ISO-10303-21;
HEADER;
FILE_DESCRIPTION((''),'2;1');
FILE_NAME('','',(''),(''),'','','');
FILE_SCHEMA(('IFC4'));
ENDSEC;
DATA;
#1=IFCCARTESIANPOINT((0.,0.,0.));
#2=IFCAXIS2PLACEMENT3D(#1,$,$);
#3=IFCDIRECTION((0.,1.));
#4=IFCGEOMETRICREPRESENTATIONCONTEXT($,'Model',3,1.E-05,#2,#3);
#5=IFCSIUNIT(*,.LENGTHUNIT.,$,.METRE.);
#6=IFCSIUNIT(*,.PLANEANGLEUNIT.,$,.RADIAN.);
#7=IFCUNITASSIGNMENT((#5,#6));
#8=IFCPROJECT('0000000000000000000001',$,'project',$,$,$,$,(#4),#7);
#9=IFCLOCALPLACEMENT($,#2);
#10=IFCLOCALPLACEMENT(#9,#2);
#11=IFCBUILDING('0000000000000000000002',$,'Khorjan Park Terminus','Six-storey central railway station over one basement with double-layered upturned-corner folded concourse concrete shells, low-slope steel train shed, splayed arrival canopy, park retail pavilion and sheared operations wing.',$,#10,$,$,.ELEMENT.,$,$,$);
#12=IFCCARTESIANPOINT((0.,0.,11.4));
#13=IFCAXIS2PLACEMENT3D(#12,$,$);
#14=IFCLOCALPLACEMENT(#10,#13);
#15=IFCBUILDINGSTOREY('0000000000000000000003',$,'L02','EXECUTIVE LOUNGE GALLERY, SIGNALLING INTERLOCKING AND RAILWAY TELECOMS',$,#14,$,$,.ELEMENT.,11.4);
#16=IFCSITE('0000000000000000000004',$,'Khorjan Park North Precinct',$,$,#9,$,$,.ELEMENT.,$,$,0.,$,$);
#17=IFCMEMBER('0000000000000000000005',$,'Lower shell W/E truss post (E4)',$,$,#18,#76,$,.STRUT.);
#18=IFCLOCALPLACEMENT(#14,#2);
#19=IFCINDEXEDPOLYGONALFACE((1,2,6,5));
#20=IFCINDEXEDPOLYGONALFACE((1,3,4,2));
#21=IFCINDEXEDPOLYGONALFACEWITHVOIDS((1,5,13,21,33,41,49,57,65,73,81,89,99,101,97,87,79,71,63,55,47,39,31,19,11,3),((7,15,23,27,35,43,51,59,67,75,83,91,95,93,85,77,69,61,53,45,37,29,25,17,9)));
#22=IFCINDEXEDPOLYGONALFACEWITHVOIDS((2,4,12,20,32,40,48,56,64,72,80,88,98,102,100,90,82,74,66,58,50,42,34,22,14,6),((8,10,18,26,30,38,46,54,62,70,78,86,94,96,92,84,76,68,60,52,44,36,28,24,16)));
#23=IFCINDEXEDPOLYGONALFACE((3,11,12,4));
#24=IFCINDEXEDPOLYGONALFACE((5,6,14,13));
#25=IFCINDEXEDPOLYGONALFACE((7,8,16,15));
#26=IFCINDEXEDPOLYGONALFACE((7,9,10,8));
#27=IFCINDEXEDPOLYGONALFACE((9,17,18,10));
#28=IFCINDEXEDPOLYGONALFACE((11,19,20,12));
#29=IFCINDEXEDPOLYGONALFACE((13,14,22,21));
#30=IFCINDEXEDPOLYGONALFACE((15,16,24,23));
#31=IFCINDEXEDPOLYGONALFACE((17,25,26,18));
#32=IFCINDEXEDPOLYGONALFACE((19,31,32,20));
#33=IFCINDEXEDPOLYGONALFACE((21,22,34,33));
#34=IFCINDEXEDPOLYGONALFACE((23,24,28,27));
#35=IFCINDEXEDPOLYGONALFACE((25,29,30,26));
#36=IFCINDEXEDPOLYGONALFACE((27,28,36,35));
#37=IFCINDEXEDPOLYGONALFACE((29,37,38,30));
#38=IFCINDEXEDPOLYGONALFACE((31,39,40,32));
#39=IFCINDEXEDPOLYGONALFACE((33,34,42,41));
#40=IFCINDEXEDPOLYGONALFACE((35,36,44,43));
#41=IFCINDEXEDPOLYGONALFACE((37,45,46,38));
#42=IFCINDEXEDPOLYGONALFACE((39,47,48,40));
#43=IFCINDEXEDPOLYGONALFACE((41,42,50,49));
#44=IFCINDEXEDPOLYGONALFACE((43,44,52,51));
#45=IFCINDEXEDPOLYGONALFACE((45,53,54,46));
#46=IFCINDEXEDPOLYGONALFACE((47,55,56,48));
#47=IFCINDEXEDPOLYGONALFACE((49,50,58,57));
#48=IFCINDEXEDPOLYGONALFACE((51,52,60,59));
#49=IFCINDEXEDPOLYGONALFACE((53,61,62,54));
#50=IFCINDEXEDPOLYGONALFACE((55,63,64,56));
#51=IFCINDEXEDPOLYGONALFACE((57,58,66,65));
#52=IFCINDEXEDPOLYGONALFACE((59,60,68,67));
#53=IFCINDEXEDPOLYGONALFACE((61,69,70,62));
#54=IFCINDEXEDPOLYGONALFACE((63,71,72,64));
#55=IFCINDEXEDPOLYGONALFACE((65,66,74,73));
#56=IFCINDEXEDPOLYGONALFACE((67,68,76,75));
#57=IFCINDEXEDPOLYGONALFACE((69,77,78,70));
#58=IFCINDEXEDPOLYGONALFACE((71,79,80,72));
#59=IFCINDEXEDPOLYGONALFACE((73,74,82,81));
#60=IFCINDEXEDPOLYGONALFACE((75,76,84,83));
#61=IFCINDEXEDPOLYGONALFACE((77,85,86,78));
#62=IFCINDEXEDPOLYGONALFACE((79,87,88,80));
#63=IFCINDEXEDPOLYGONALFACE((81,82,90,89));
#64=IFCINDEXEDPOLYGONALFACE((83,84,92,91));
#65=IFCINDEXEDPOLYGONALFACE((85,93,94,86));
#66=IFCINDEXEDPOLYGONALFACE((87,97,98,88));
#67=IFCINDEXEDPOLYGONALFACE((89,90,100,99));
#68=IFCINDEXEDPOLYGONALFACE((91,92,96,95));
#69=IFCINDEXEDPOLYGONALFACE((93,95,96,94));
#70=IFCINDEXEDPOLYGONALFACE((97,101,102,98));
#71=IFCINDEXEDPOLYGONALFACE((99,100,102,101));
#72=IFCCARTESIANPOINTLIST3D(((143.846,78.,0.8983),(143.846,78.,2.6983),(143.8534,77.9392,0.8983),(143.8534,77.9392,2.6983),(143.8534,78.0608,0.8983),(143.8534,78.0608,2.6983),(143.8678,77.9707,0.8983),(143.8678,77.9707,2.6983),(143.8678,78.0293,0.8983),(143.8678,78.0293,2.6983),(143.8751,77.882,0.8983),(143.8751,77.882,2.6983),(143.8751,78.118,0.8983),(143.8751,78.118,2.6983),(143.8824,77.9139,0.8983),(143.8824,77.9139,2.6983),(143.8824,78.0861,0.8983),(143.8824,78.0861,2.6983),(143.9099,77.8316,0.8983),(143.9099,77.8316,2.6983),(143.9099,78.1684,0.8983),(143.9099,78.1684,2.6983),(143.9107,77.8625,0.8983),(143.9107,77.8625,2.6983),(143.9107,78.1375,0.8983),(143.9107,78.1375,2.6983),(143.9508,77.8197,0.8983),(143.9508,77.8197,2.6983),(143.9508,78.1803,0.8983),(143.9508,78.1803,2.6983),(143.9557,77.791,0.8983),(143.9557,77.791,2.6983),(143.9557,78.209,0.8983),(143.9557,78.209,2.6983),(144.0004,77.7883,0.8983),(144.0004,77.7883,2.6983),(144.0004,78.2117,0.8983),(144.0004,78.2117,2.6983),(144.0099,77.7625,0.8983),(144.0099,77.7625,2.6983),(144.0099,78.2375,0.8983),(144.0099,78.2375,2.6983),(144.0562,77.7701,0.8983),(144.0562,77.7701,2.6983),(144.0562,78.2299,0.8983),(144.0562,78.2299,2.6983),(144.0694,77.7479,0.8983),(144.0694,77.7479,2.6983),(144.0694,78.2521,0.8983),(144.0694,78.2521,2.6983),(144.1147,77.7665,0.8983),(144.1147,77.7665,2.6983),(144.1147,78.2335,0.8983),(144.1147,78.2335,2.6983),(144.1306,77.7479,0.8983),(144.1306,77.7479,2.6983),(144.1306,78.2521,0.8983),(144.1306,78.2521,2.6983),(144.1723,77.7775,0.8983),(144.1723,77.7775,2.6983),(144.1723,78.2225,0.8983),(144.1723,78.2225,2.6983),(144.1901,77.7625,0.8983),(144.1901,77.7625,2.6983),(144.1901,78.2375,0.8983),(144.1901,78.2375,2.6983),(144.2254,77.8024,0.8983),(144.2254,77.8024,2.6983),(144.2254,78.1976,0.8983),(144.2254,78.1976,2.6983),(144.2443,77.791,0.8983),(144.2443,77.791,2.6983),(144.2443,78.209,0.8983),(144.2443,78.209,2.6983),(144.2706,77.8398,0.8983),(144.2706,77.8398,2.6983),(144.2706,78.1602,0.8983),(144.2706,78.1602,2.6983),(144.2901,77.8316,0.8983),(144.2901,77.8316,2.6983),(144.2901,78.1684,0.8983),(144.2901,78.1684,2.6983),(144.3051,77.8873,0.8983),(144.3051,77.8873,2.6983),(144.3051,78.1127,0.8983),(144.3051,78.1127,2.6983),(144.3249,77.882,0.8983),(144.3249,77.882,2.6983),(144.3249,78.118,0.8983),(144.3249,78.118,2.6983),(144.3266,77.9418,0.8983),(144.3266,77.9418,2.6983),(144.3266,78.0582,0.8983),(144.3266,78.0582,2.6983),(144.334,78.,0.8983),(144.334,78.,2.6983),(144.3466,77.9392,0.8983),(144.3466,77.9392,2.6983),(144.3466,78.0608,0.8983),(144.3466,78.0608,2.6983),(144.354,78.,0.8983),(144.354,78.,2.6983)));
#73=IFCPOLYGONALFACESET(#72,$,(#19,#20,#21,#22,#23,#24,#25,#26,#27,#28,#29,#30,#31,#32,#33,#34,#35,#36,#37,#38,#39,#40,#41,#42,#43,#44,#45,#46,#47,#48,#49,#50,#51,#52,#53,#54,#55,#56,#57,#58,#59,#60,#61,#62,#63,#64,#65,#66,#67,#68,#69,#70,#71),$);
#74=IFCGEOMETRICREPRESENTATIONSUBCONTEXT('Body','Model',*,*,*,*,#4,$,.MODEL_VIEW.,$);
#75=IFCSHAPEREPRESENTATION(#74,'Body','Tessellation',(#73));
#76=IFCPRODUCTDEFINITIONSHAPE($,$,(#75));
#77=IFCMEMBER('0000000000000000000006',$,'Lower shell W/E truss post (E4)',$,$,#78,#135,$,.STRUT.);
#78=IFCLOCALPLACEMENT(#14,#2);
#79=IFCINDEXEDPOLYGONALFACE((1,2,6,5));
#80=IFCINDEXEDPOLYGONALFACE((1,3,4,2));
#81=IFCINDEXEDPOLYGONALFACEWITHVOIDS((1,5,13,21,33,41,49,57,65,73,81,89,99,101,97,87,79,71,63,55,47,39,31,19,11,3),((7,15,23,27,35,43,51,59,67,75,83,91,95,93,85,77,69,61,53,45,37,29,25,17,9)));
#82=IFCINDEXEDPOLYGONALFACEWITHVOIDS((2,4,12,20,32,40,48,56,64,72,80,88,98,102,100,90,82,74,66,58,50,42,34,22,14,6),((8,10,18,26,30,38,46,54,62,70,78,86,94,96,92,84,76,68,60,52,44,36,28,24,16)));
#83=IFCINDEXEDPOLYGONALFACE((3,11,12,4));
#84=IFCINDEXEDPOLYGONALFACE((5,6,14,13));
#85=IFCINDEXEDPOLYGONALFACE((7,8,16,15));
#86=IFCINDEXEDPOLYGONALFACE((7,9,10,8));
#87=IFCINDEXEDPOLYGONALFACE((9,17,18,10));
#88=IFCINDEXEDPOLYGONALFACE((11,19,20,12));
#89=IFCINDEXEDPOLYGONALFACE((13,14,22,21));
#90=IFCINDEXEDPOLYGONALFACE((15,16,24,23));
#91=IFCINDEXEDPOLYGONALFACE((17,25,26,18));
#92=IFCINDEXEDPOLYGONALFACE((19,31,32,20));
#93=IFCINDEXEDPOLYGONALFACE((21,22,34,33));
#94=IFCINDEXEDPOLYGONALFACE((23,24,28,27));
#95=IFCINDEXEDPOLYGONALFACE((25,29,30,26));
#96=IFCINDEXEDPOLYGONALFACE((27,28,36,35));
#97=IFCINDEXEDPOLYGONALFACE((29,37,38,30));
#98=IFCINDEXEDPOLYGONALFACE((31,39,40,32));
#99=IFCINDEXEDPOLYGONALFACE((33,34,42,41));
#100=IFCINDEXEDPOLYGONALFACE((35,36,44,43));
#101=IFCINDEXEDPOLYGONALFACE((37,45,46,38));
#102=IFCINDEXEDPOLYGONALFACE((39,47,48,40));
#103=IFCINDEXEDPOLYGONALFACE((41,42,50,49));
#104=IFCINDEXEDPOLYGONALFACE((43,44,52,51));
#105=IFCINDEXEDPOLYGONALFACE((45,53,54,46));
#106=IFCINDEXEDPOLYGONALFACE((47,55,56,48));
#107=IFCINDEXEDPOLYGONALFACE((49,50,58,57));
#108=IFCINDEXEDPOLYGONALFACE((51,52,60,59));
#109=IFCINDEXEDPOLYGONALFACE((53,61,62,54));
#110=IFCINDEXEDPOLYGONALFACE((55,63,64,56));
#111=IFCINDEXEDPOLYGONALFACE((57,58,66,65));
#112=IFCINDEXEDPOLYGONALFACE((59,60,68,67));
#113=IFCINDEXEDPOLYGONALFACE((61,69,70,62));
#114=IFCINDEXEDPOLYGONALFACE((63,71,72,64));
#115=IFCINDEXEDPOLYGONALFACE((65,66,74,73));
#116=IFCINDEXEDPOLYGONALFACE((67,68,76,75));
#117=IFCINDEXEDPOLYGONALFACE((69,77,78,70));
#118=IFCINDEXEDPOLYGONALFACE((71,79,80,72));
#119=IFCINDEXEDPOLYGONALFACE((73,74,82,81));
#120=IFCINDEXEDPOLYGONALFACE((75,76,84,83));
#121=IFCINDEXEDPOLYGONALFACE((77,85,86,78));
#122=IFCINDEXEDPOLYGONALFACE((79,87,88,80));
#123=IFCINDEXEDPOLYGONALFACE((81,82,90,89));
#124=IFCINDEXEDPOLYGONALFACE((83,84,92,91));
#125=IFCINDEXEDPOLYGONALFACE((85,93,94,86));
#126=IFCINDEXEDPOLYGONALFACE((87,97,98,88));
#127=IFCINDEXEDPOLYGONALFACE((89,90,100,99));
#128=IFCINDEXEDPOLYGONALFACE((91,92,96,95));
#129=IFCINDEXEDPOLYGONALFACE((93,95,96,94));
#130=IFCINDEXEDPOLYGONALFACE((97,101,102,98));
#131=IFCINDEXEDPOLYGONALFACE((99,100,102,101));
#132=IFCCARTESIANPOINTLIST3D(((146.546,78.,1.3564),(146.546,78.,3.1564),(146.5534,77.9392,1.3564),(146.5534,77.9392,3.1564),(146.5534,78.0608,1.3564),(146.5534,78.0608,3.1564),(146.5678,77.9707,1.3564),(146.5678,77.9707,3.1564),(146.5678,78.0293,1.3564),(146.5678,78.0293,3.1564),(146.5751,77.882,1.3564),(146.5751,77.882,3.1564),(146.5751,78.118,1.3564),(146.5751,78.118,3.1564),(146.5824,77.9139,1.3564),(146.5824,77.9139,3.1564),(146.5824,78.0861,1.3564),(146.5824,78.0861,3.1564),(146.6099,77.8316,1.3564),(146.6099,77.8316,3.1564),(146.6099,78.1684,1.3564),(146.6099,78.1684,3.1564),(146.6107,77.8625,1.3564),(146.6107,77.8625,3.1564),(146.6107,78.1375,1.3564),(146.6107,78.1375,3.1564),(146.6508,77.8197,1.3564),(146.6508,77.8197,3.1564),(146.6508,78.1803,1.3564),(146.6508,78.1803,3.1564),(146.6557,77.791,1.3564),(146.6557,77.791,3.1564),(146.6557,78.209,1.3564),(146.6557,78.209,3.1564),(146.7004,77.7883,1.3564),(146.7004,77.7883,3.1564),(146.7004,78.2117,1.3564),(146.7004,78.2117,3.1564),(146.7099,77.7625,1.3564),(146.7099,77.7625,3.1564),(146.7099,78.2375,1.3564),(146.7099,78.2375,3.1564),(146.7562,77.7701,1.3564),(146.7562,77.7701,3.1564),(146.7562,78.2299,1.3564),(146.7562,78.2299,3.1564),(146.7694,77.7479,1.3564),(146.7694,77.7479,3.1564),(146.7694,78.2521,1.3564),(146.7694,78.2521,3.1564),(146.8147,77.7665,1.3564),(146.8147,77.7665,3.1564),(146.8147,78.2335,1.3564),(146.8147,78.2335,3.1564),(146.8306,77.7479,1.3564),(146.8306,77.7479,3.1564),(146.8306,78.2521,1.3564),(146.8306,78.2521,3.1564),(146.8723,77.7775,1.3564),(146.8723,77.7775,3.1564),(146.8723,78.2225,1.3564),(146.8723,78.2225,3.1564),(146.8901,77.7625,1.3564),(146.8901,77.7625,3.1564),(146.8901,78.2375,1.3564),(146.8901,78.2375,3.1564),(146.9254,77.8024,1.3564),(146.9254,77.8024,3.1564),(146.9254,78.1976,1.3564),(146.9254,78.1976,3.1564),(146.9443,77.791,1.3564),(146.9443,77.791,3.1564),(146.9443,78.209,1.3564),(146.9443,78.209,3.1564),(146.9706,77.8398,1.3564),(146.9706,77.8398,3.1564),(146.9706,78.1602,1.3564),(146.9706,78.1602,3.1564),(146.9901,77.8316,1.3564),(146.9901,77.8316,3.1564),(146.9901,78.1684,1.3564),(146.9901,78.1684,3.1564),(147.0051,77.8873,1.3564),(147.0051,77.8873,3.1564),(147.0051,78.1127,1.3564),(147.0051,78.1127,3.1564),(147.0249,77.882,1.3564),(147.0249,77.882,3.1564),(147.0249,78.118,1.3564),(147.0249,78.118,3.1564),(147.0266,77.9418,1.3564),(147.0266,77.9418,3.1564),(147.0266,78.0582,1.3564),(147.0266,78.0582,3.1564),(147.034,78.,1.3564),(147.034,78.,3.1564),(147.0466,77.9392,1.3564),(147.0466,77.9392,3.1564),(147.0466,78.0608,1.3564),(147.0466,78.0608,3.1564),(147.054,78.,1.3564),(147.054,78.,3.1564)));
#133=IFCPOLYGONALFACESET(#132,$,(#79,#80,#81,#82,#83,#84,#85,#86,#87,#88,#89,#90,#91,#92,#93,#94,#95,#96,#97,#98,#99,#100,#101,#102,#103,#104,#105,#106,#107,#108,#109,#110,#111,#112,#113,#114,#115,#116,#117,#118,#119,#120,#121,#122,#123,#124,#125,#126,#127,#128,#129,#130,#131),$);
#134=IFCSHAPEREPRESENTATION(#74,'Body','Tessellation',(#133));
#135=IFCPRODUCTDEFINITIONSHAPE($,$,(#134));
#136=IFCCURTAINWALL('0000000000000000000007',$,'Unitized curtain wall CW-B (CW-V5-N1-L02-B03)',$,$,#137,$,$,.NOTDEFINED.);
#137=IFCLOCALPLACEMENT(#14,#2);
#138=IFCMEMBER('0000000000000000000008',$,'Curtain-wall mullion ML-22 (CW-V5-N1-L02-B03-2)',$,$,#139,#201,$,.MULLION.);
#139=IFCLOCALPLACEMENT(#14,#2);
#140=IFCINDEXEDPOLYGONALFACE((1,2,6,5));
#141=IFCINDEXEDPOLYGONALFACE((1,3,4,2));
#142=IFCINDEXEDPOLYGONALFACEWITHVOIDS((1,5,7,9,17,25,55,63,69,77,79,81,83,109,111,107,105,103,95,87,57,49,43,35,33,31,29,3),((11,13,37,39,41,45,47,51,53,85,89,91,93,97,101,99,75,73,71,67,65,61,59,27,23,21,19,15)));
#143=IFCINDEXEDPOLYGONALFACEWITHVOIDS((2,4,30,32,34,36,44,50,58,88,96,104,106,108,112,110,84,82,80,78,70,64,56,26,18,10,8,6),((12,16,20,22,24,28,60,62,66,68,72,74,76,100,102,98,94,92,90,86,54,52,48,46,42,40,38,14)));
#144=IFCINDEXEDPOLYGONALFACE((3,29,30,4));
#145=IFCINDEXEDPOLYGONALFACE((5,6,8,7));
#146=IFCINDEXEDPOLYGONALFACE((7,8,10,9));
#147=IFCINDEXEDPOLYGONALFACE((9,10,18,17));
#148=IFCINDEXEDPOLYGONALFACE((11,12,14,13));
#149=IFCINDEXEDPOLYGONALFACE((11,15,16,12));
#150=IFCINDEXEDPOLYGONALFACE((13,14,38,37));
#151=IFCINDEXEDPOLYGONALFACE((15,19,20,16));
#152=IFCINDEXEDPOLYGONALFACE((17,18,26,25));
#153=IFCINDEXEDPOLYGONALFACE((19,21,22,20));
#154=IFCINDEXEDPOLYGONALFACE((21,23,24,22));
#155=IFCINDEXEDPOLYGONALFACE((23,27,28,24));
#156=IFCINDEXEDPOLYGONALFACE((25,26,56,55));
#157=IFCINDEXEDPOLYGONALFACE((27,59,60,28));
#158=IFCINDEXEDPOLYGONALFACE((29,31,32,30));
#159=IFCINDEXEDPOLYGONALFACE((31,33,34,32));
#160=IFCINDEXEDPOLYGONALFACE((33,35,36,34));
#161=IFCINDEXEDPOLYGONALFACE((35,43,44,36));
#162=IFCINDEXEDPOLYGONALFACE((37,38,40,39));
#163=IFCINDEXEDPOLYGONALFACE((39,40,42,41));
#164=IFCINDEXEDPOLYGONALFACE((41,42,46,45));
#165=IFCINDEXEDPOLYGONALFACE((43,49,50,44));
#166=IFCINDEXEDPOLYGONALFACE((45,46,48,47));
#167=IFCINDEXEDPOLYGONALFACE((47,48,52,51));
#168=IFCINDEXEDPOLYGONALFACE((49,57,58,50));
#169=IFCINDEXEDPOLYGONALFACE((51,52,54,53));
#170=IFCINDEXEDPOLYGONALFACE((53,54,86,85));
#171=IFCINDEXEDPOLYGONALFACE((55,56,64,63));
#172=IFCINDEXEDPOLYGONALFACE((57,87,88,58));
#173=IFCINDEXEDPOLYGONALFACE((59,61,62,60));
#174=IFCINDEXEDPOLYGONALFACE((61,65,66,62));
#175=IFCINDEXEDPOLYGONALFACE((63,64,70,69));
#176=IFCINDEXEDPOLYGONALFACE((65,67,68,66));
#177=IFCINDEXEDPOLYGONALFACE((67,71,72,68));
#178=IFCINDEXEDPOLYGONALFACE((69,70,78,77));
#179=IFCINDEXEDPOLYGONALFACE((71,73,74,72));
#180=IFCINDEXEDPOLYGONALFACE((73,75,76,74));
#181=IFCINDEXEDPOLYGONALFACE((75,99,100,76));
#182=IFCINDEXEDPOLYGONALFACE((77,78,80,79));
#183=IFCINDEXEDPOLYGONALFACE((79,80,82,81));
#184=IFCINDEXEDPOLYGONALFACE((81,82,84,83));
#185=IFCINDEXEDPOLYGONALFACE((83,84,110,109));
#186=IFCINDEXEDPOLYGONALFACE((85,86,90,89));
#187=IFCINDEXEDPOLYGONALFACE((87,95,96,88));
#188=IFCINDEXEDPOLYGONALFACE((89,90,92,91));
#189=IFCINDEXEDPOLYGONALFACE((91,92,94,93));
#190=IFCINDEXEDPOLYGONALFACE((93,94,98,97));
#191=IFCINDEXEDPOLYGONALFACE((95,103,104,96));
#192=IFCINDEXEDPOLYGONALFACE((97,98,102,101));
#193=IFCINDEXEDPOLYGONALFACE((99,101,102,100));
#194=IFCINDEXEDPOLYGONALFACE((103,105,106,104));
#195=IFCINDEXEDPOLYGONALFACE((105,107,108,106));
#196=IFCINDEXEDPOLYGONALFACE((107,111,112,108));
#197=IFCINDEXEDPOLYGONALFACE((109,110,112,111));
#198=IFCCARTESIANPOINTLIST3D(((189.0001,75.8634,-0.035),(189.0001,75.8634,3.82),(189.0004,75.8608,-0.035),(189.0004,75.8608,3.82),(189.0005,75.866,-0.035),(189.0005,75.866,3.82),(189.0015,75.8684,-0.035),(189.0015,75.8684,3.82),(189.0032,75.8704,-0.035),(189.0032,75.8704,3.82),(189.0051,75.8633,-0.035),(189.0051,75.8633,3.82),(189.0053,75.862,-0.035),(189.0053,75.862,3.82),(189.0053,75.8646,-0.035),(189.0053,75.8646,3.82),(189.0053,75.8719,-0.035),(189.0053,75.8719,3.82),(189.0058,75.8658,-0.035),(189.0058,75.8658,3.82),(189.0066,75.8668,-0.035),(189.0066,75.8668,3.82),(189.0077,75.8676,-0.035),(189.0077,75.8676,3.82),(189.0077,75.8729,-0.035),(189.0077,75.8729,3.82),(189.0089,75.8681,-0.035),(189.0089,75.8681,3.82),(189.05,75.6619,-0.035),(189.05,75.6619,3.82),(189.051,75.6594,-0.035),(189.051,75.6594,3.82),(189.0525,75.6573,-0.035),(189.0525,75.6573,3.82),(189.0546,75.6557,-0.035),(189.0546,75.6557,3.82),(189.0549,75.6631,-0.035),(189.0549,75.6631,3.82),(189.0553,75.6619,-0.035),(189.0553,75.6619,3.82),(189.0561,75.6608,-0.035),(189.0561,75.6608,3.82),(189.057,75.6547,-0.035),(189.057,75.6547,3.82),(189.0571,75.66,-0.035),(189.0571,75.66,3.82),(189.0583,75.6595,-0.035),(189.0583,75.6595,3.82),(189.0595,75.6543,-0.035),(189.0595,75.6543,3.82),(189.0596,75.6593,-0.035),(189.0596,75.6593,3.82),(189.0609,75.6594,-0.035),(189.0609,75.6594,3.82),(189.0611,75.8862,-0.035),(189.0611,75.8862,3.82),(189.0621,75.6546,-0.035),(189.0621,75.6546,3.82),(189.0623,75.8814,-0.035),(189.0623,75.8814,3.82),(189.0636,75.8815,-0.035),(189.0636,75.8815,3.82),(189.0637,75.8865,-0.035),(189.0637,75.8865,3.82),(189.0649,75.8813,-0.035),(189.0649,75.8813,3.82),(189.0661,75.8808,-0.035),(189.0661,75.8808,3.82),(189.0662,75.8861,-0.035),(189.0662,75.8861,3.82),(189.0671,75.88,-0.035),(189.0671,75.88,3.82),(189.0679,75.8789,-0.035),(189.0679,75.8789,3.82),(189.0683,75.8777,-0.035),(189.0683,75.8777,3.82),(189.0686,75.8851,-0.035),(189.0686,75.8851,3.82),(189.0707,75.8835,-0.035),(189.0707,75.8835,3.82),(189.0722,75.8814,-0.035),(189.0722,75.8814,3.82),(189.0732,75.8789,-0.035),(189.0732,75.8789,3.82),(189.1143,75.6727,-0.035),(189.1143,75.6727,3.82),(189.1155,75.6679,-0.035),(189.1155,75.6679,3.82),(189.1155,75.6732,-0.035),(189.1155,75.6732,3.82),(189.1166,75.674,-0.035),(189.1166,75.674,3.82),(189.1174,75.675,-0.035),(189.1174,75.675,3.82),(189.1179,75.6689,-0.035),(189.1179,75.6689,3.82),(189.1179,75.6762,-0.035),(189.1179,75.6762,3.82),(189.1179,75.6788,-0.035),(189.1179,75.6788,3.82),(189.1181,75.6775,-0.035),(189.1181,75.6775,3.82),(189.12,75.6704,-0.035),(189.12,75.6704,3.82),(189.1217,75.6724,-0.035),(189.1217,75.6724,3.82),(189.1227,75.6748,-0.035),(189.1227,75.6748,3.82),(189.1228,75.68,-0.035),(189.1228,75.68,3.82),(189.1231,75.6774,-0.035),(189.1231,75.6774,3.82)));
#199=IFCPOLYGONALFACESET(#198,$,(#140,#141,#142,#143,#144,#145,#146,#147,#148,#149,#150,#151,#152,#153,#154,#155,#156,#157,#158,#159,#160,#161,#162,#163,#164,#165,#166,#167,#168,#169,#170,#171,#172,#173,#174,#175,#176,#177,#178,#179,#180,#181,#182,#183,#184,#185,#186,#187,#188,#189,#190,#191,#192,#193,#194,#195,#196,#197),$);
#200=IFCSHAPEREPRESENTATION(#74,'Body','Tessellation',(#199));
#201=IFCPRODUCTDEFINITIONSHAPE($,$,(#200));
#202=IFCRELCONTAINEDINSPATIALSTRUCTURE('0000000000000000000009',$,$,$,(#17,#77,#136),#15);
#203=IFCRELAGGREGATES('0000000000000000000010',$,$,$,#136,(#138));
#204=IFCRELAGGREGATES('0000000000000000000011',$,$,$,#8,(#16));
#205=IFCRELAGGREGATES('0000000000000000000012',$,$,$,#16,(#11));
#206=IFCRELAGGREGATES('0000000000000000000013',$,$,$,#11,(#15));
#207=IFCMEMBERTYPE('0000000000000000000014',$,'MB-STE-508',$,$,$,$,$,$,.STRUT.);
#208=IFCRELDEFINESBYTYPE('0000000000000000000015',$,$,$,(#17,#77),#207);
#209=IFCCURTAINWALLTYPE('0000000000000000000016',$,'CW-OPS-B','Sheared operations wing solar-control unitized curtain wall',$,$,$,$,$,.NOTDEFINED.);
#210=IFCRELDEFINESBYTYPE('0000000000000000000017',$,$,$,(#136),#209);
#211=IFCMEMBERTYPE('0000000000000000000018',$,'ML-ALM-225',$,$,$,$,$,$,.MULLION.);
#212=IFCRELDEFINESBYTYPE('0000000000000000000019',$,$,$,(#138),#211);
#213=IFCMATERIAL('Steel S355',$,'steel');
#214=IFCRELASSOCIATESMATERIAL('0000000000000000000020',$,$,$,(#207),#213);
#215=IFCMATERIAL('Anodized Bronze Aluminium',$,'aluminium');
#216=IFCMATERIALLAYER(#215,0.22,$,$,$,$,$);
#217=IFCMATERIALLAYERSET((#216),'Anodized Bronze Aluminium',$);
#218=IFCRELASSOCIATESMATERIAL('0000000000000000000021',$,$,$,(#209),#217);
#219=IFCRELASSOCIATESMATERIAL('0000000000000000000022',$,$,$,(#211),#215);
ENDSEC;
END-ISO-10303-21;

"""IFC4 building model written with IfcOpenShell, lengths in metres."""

from ifc_helpers import new_model, si_unit, direction, frame, origin, origin_2d, place, context, subcontext, project, spatial, hollow_rectangle, hollow_circle, extrude, material, layer, layer_set, material_profile, profile_set, type_object, element, aggregate, save


model = new_model("IFC4")

# Units and contexts
model_context = context("Model", 3, precision=1e-05, world=origin(), true_north=direction((0.0, 1.0)))
body_context = subcontext(model_context, "Body", "Model", "MODEL_VIEW")
ifc_project = project(units=[si_unit("LENGTHUNIT", "METRE"), si_unit("PLANEANGLEUNIT", "RADIAN")], contexts=[model_context])

# Site, building, storey
site_placement = place(None, origin())
site = spatial("IfcSite", under=ifc_project, at=site_placement, Name="Khorjan Park North Precinct", CompositionType="ELEMENT", RefElevation=0.0)
building_placement = place(site_placement, origin())
building = spatial("IfcBuilding", under=site, at=building_placement, Name="Khorjan Park Terminus", Description="Six-storey central railway station over one basement with double-layered upturned-corner folded concourse concrete shells, low-slope steel train shed, splayed arrival canopy, park retail pavilion and sheared operations wing.", CompositionType="ELEMENT")
storey_placement = place(building_placement, frame((0.0, 0.0, 11.4)))
storey = spatial("IfcBuildingStorey", under=building, at=storey_placement, Name="L02", Description="EXECUTIVE LOUNGE GALLERY, SIGNALLING INTERLOCKING AND RAILWAY TELECOMS", CompositionType="ELEMENT", Elevation=11.4)

# Members
ifc_material_1 = material(Name="Steel S355", Category="steel")
ifc_material_profile_1 = material_profile(ifc_material_1, hollow_circle(Radius=0.254, WallThickness=0.02, at=origin_2d()), Name="CHS 508x20")
ifc_profile_set_1 = profile_set([ifc_material_profile_1], Name="Steel S355")
member_type_1 = type_object("IfcMemberType", Name="MB-STE-508", PredefinedType="STRUT", material=ifc_profile_set_1)
for number, where, z_axis, x_axis, name in (
    (1, (144.1, 78.0, 0.8983), (0.0, 0.0, 1.0), (1.0, 0.0, 0.0), "Lower shell W/E truss post (E4)"),
    (2, (146.8, 78.0, 1.3564), (0.0, 0.0, 1.0), (1.0, 0.0, 0.0), "Lower shell W/E truss post (E4)"),
):
    element("IfcMember", number, at=place(storey_placement, frame(where, z_axis=z_axis, x_axis=x_axis)), inside=storey, type_object=member_type_1, Name=name, PredefinedType="STRUT", context=body_context, shape_type="SweptSolid", body=[
        extrude(hollow_circle(Radius=0.254, WallThickness=0.02, at=origin_2d()), origin(), (0.0, 0.0, 1.0), 1.8),
    ])

# Curtain wall, member
ifc_material_2 = material(Name="Anodized Bronze Aluminium", Category="aluminium")
ifc_layer_1 = layer(ifc_material_2, 0.22)
ifc_layer_set_1 = layer_set([ifc_layer_1], Name="Anodized Bronze Aluminium")
curtain_wall_type = type_object("IfcCurtainWallType", Name="CW-OPS-B", Description="Sheared operations wing solar-control unitized curtain wall", PredefinedType="NOTDEFINED", material=ifc_layer_set_1)
curtain_wall_placement = place(storey_placement, origin())
curtain_wall = element("IfcCurtainWall", 3, at=curtain_wall_placement, inside=storey, type_object=curtain_wall_type, Name="Unitized curtain wall CW-B (CW-V5-N1-L02-B03)", PredefinedType="NOTDEFINED")
ifc_material_profile_2 = material_profile(ifc_material_2, hollow_rectangle(XDim=0.075, YDim=0.225, WallThickness=0.005, InnerFilletRadius=0.005, OuterFilletRadius=0.01, at=origin_2d()), Name="ALM 75x225x5")
ifc_profile_set_2 = profile_set([ifc_material_profile_2], Name="Anodized Bronze Aluminium")
member_type_2 = type_object("IfcMemberType", Name="ML-ALM-225", PredefinedType="MULLION", material=ifc_profile_set_2)
member_1_placement = place(storey_placement, frame((189.0616, 75.7704, -0.035), z_axis=(0.0, 0.0, 1.0), x_axis=(-0.970296, -0.241921, 0.0)))
member_1 = element("IfcMember", 4, at=member_1_placement, type_object=member_type_2, Name="Curtain-wall mullion ML-22 (CW-V5-N1-L02-B03-2)", PredefinedType="MULLION", context=body_context, shape_type="SweptSolid", body=[
    extrude(hollow_rectangle(XDim=0.075, YDim=0.225, WallThickness=0.005, InnerFilletRadius=0.005, OuterFilletRadius=0.01, at=origin_2d()), origin(), (0.0, 0.0, 1.0), 3.855),
])

aggregate(curtain_wall, [member_1])

save(model, "model.ifc")
